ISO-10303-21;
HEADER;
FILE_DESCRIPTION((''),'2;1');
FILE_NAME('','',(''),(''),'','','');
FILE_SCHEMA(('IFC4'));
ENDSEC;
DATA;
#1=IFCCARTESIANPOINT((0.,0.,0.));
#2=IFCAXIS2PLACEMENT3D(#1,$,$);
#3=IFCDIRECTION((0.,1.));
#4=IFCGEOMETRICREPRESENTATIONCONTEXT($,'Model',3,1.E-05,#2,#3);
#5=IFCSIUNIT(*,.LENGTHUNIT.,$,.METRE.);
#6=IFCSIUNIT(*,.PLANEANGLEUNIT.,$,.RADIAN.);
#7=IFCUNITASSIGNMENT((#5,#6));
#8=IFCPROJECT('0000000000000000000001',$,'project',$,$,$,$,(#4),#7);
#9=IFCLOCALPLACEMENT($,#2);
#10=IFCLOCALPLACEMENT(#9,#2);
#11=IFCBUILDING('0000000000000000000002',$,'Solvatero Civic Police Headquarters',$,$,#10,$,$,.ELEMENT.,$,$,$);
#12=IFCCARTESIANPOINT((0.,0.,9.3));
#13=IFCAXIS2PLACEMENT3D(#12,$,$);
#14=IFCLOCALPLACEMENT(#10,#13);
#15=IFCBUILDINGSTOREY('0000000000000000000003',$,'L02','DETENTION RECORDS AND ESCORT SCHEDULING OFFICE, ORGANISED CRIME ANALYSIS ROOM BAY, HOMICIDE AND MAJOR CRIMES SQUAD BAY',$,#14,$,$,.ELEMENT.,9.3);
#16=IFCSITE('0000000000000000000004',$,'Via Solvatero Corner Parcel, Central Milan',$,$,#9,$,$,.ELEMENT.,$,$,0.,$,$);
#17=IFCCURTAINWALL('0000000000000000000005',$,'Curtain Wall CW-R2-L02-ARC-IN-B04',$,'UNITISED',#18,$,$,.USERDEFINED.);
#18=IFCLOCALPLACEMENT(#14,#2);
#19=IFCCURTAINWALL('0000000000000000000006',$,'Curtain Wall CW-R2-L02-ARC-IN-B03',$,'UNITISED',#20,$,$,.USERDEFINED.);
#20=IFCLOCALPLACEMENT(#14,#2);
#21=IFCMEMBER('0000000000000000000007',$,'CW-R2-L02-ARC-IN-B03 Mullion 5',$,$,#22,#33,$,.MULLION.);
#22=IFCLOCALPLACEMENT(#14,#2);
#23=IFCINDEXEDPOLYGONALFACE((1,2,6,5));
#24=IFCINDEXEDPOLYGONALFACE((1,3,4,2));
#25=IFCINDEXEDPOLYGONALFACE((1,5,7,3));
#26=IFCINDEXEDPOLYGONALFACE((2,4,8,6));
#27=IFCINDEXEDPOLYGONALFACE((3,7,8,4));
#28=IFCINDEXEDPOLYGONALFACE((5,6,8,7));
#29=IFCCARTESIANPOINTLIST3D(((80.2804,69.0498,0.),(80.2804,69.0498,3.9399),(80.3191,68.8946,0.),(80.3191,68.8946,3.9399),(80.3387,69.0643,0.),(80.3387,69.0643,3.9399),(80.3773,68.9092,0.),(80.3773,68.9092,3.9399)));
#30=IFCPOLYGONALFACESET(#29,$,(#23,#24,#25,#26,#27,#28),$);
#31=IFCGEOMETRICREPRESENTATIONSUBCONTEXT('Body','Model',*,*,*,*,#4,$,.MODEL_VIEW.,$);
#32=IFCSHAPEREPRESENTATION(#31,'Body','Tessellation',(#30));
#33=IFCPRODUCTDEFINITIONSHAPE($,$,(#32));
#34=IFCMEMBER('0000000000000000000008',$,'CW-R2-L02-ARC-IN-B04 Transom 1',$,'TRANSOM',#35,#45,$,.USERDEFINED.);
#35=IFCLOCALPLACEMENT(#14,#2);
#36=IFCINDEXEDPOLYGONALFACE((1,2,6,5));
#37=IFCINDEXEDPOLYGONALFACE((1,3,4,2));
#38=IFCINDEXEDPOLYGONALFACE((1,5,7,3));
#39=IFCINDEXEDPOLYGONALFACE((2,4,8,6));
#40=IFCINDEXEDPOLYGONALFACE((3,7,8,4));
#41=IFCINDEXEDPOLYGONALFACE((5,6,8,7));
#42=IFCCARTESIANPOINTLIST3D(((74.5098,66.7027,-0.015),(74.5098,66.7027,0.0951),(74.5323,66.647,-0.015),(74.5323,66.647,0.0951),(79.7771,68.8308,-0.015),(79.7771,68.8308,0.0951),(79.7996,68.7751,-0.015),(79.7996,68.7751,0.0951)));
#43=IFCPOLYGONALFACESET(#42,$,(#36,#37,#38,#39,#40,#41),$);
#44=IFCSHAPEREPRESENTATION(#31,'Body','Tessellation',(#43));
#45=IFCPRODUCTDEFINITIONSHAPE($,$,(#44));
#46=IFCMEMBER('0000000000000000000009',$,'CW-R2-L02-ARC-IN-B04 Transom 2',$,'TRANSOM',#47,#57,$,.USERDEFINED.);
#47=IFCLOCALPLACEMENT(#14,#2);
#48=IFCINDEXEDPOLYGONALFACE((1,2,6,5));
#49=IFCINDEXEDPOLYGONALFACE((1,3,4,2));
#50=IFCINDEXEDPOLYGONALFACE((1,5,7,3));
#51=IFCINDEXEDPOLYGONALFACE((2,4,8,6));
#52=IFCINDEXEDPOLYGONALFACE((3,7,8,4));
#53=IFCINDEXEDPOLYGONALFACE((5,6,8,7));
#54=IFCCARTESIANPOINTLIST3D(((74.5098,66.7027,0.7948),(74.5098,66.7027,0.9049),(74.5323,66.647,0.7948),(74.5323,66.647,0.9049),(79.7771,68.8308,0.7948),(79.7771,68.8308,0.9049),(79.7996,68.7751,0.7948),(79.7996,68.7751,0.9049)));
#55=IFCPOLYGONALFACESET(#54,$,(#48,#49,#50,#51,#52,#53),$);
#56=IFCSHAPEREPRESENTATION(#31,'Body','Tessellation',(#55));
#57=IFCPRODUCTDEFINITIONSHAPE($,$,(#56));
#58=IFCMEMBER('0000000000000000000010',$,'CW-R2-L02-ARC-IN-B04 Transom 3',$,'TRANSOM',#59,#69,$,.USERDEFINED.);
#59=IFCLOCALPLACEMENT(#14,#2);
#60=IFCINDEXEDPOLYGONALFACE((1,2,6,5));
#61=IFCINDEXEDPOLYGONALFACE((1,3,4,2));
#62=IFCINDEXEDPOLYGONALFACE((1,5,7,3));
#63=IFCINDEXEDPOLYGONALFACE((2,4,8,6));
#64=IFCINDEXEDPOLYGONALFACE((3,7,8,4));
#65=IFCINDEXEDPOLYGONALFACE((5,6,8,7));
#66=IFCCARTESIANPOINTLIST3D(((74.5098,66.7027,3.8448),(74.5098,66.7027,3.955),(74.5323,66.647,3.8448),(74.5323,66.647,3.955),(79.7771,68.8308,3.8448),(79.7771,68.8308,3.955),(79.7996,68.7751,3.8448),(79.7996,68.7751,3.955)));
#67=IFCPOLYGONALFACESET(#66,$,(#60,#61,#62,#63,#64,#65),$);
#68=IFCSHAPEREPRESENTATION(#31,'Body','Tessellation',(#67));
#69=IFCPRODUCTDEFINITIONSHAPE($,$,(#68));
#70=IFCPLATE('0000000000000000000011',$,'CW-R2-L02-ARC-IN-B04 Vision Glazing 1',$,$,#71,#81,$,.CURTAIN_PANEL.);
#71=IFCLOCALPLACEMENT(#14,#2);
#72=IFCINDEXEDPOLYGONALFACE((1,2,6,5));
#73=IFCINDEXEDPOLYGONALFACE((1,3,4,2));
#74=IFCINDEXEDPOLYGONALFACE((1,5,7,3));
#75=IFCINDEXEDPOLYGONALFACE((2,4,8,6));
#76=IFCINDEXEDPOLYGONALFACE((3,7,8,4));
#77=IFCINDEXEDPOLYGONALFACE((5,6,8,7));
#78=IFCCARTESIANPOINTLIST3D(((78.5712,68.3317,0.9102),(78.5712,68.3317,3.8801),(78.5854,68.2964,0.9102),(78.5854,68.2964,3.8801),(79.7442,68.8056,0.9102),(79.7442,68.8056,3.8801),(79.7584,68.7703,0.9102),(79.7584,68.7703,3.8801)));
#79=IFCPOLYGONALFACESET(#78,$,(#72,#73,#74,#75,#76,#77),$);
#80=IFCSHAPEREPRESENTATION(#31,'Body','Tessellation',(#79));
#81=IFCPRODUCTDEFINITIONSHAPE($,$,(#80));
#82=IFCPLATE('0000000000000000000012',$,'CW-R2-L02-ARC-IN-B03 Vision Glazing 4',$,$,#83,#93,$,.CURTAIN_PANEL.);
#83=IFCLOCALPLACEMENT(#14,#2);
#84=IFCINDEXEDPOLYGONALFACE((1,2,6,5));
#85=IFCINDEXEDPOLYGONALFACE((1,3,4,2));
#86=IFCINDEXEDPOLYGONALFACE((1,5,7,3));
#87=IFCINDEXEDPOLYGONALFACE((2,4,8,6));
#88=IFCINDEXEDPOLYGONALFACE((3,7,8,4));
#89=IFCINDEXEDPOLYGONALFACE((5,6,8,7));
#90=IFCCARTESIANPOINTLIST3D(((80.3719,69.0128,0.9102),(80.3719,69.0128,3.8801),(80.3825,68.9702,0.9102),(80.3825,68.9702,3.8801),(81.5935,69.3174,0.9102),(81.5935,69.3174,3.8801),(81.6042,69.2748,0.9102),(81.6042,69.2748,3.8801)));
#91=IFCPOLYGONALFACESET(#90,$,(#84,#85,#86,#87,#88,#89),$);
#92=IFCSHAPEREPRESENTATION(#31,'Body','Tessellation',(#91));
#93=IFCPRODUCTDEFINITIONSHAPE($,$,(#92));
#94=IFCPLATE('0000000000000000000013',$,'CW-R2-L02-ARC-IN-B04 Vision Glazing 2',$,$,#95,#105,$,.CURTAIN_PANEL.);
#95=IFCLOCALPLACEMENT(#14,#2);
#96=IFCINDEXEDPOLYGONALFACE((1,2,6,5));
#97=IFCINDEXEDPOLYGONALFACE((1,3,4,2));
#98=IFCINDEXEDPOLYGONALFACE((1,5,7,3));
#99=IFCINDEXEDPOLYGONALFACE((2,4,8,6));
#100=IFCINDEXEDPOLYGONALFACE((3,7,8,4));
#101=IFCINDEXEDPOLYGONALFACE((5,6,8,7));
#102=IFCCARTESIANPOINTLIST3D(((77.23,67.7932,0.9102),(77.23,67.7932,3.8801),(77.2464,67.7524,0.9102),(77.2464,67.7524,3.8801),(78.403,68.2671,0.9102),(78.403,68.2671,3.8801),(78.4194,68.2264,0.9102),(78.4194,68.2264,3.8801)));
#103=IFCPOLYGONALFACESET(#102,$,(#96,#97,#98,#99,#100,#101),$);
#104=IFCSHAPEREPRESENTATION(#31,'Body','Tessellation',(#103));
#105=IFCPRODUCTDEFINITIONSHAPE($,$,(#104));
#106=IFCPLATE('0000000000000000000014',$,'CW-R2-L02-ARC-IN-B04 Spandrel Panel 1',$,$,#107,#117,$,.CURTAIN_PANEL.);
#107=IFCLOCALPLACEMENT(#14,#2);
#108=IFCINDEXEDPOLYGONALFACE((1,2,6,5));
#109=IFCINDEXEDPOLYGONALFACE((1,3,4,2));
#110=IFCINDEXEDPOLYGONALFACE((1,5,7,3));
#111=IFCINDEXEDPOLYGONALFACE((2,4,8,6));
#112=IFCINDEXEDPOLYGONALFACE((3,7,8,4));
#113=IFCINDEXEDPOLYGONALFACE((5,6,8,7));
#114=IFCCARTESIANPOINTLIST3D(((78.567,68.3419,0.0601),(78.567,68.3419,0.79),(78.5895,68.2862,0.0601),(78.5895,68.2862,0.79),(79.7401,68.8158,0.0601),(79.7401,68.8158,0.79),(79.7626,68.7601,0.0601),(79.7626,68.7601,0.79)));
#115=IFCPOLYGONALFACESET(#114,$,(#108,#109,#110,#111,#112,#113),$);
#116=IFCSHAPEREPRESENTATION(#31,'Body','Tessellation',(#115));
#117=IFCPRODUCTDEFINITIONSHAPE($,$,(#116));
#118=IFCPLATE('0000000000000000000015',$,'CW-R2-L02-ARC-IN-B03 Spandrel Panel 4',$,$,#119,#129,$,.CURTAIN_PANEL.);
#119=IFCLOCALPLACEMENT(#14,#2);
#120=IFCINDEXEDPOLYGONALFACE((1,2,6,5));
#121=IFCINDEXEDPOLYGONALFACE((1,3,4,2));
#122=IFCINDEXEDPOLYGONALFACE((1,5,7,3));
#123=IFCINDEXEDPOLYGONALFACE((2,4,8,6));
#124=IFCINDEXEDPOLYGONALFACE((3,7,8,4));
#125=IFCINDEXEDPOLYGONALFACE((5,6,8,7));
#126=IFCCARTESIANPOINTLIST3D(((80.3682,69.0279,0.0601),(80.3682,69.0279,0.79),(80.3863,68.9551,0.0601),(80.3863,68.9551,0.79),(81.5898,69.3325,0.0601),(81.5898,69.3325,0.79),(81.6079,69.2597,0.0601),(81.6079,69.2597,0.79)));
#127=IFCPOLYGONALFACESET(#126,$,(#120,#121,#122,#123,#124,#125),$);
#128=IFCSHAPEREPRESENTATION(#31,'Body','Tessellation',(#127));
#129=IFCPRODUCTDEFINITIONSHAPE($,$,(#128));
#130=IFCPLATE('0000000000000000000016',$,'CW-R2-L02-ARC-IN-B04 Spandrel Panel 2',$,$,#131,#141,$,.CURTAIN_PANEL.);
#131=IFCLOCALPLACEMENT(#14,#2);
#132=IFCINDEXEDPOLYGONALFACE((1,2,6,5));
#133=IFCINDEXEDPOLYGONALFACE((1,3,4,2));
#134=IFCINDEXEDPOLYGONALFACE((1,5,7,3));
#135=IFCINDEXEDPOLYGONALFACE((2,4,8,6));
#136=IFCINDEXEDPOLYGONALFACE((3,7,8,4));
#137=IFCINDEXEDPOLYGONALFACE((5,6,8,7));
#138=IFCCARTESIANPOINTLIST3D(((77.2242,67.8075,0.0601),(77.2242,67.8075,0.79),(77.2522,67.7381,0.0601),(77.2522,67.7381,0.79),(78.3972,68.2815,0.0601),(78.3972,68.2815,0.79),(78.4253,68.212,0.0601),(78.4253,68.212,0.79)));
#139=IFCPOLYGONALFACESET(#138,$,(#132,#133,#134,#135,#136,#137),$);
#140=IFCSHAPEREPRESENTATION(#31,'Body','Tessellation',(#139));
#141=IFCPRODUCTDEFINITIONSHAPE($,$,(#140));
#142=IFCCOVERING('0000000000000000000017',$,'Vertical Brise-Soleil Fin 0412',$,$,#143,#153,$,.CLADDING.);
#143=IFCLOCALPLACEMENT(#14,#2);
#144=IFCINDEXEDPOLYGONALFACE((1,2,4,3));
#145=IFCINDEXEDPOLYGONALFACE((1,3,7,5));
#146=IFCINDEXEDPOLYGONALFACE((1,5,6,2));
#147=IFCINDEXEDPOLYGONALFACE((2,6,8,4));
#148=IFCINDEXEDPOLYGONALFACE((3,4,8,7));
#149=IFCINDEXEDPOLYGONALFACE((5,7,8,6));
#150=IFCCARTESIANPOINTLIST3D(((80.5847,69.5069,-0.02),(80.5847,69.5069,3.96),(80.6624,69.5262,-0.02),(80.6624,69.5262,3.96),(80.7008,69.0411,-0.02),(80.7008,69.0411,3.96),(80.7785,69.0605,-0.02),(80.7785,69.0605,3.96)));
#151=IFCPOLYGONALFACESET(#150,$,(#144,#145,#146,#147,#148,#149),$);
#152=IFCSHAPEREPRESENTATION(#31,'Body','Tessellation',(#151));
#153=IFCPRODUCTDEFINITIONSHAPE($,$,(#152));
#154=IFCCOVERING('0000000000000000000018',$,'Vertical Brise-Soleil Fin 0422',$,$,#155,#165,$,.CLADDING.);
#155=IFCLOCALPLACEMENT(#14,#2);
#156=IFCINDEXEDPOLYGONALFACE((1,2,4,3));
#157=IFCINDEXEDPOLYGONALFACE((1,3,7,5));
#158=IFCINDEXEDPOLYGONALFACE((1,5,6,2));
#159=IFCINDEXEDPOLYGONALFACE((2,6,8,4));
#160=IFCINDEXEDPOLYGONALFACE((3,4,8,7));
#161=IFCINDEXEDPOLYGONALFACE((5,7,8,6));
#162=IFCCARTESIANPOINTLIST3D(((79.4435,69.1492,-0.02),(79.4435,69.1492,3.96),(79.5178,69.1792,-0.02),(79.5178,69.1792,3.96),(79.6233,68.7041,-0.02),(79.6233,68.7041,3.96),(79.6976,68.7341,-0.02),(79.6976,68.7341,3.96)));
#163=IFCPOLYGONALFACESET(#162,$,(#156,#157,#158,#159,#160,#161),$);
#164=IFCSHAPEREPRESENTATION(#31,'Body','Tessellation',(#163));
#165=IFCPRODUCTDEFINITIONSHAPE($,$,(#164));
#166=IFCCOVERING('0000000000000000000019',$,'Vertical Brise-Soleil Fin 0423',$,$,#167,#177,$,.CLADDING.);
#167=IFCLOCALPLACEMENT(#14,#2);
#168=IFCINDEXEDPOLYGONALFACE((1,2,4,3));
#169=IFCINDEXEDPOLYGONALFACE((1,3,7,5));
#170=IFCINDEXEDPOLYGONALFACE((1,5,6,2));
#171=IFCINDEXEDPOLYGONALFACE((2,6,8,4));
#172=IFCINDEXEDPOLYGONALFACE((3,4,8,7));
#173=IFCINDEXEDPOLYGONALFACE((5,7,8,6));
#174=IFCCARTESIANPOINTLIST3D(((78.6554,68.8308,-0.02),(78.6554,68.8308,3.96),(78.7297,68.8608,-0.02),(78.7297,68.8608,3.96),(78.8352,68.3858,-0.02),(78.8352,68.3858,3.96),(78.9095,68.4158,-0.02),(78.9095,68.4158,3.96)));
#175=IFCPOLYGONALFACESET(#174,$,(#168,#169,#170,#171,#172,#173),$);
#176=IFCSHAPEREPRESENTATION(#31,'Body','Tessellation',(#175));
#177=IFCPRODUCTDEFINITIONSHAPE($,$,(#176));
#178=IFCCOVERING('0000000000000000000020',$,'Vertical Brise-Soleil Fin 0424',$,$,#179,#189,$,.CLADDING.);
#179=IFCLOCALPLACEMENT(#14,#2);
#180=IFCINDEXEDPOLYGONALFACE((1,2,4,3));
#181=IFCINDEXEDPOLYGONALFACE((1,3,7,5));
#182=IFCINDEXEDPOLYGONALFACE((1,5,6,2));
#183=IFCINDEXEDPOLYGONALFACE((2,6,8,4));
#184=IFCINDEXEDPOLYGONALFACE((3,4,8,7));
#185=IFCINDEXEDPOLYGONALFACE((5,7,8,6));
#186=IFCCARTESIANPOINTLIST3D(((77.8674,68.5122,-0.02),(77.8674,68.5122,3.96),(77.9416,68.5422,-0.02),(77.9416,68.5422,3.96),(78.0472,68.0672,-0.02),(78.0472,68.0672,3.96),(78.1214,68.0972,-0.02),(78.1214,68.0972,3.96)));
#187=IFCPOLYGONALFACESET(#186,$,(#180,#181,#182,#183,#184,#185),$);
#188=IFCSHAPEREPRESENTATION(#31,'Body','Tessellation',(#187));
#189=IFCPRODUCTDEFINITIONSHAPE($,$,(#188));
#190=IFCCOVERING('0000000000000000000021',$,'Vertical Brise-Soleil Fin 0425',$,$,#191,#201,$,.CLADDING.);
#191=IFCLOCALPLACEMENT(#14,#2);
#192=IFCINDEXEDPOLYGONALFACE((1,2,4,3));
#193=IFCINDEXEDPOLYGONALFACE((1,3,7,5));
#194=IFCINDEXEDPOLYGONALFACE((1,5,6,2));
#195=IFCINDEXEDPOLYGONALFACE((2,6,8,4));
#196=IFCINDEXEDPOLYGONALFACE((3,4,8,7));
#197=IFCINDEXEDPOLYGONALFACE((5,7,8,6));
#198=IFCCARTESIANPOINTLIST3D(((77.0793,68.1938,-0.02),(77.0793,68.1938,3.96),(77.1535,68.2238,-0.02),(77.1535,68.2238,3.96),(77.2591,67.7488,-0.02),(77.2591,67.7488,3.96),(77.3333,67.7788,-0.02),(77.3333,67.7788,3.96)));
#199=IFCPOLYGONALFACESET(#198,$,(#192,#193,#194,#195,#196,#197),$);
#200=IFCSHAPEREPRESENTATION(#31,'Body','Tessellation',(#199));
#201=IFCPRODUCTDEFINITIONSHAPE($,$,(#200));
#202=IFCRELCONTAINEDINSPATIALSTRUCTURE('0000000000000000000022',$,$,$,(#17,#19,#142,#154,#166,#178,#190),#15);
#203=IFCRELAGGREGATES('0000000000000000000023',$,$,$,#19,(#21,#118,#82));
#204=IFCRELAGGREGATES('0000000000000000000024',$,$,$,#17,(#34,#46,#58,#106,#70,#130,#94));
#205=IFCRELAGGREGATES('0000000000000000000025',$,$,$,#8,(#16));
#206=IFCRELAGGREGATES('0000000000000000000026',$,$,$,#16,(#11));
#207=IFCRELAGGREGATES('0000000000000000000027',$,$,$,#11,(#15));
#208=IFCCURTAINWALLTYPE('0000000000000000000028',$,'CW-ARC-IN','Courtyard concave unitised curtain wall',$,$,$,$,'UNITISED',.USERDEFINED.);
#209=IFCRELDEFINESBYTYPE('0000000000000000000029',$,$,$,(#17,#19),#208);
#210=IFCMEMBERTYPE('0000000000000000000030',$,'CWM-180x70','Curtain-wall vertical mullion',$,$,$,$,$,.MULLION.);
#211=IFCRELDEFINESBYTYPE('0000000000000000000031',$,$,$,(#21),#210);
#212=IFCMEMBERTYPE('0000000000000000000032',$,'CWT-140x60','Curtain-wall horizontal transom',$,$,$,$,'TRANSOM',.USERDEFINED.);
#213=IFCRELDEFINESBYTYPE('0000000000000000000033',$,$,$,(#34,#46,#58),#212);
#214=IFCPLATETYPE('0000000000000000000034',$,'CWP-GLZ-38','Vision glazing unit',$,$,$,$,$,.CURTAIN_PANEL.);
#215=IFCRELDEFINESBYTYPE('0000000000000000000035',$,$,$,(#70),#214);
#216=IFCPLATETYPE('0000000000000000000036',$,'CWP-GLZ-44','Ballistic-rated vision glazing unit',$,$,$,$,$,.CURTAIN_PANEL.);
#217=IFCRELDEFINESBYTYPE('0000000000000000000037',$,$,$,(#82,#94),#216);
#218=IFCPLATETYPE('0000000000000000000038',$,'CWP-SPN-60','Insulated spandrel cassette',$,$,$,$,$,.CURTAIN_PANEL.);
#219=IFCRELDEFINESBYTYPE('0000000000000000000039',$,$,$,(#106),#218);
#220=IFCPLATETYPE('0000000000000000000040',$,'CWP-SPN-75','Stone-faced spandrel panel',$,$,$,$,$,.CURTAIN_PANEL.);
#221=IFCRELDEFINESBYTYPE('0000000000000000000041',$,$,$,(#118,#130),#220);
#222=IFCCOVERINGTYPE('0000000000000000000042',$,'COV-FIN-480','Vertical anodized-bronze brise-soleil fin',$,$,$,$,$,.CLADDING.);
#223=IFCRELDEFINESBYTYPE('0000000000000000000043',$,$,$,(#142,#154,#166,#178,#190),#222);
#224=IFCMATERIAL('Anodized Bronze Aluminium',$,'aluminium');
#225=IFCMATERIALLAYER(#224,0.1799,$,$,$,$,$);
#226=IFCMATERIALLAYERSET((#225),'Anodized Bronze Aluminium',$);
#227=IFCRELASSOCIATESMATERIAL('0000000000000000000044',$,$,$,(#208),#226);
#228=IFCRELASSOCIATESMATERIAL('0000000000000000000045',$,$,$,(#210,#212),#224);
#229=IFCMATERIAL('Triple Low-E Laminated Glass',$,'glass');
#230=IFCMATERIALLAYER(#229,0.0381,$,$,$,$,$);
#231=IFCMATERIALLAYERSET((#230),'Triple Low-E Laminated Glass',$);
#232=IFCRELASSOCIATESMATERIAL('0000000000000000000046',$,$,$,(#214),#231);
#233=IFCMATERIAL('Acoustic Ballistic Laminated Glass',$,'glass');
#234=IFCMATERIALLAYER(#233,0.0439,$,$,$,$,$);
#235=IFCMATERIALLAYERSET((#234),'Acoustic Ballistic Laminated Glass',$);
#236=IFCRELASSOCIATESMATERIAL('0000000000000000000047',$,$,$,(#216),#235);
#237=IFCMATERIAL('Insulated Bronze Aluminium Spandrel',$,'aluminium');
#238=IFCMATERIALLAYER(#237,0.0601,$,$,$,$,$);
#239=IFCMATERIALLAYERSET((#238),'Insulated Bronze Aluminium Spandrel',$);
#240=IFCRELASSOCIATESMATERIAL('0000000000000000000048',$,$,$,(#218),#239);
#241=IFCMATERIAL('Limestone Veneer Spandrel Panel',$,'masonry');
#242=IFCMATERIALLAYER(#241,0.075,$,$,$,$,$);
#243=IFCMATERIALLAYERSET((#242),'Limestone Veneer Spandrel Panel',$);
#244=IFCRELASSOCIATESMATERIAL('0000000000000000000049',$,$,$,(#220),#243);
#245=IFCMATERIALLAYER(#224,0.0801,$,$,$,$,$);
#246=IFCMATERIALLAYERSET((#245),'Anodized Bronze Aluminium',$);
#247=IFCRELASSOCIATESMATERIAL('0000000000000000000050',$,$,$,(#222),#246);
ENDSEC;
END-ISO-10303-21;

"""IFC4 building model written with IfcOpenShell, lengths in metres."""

from ifc_helpers import new_model, si_unit, direction, frame, origin, origin_2d, place, context, subcontext, project, spatial, rectangle, extrude, material, layer, layer_set, material_profile, profile_set, type_object, element, aggregate, save


model = new_model("IFC4")

# Units and contexts
model_context = context("Model", 3, precision=1e-05, world=origin(), true_north=direction((0.0, 1.0)))
body_context = subcontext(model_context, "Body", "Model", "MODEL_VIEW")
ifc_project = project(units=[si_unit("LENGTHUNIT", "METRE"), si_unit("PLANEANGLEUNIT", "RADIAN")], contexts=[model_context])

# Site, building, storey
site_placement = place(None, origin())
site = spatial("IfcSite", under=ifc_project, at=site_placement, Name="Via Solvatero Corner Parcel, Central Milan", CompositionType="ELEMENT", RefElevation=0.0)
building_placement = place(site_placement, origin())
building = spatial("IfcBuilding", under=site, at=building_placement, Name="Solvatero Civic Police Headquarters", CompositionType="ELEMENT")
storey_placement = place(building_placement, frame((0.0, 0.0, 9.3)))
storey = spatial("IfcBuildingStorey", under=building, at=storey_placement, Name="L02", Description="DETENTION RECORDS AND ESCORT SCHEDULING OFFICE, ORGANISED CRIME ANALYSIS ROOM BAY, HOMICIDE AND MAJOR CRIMES SQUAD BAY", CompositionType="ELEMENT", Elevation=9.3)

# Curtain walls, member
ifc_material_1 = material(Name="Anodized Bronze Aluminium", Category="aluminium")
ifc_layer_1 = layer(ifc_material_1, 0.1799)
ifc_layer_set_1 = layer_set([ifc_layer_1], Name="Anodized Bronze Aluminium")
curtain_wall_type = type_object("IfcCurtainWallType", Name="CW-ARC-IN", Description="Courtyard concave unitised curtain wall", ElementType="UNITISED", PredefinedType="USERDEFINED", material=ifc_layer_set_1)
curtain_wall_1_placement = place(storey_placement, origin())
curtain_wall_1 = element("IfcCurtainWall", 1, at=curtain_wall_1_placement, inside=storey, type_object=curtain_wall_type, Name="Curtain Wall CW-R2-L02-ARC-IN-B04", ObjectType="UNITISED", PredefinedType="USERDEFINED")
curtain_wall_2_placement = place(storey_placement, origin())
curtain_wall_2 = element("IfcCurtainWall", 2, at=curtain_wall_2_placement, inside=storey, type_object=curtain_wall_type, Name="Curtain Wall CW-R2-L02-ARC-IN-B03", ObjectType="UNITISED", PredefinedType="USERDEFINED")
ifc_material_profile_1 = material_profile(ifc_material_1, rectangle(XDim=0.0601, YDim=0.1599, at=origin_2d()), Name="ALU MULLION 60x160")
ifc_profile_set_1 = profile_set([ifc_material_profile_1], Name="Anodized Bronze Aluminium")
member_type_1 = type_object("IfcMemberType", Name="CWM-180x70", Description="Curtain-wall vertical mullion", PredefinedType="MULLION", material=ifc_profile_set_1)
member_1_placement = place(storey_placement, frame((80.3289, 68.9795, 0.0), z_axis=(0.0, 0.0, 1.0), x_axis=(-0.970296, -0.241922, 0.0)))
member_1 = element("IfcMember", 3, at=member_1_placement, type_object=member_type_1, Name="CW-R2-L02-ARC-IN-B03 Mullion 5", PredefinedType="MULLION", context=body_context, shape_type="SweptSolid", body=[
    extrude(rectangle(XDim=0.0601, YDim=0.1599, at=origin_2d()), origin(), (0.0, 0.0, 1.0), 3.9399),
])

# Members
ifc_material_profile_2 = material_profile(ifc_material_1, rectangle(XDim=0.0601, YDim=0.1101, at=origin_2d()), Name="ALU TRANSOM 60x110")
ifc_profile_set_2 = profile_set([ifc_material_profile_2], Name="Anodized Bronze Aluminium")
member_type_2 = type_object("IfcMemberType", Name="CWT-140x60", Description="Curtain-wall horizontal transom", ElementType="TRANSOM", PredefinedType="USERDEFINED", material=ifc_profile_set_2)
member_2_placement = place(storey_placement, frame((79.7883, 68.803, 0.04), z_axis=(-0.927182, -0.374612, 0.0), x_axis=(0.374612, -0.927182, 0.0)))
member_2 = element("IfcMember", 4, at=member_2_placement, type_object=member_type_2, Name="CW-R2-L02-ARC-IN-B04 Transom 1", ObjectType="TRANSOM", PredefinedType="USERDEFINED", context=body_context, shape_type="SweptSolid", body=[
    extrude(rectangle(XDim=0.0601, YDim=0.1101, at=origin_2d()), origin(), (0.0, 0.0, 1.0), 5.6809),
])
member_3_placement = place(storey_placement, frame((79.7883, 68.803, 0.8499), z_axis=(-0.927182, -0.374612, 0.0), x_axis=(0.374612, -0.927182, 0.0)))
member_3 = element("IfcMember", 5, at=member_3_placement, type_object=member_type_2, Name="CW-R2-L02-ARC-IN-B04 Transom 2", ObjectType="TRANSOM", PredefinedType="USERDEFINED", context=body_context, shape_type="SweptSolid", body=[
    extrude(rectangle(XDim=0.0601, YDim=0.1101, at=origin_2d()), origin(), (0.0, 0.0, 1.0), 5.6809),
])
member_4_placement = place(storey_placement, frame((79.7883, 68.803, 3.8999), z_axis=(-0.927182, -0.374612, 0.0), x_axis=(0.374612, -0.927182, 0.0)))
member_4 = element("IfcMember", 6, at=member_4_placement, type_object=member_type_2, Name="CW-R2-L02-ARC-IN-B04 Transom 3", ObjectType="TRANSOM", PredefinedType="USERDEFINED", context=body_context, shape_type="SweptSolid", body=[
    extrude(rectangle(XDim=0.0601, YDim=0.1101, at=origin_2d()), origin(), (0.0, 0.0, 1.0), 5.6809),
])

# Plates
ifc_material_2 = material(Name="Triple Low-E Laminated Glass", Category="glass")
ifc_layer_2 = layer(ifc_material_2, 0.0381)
ifc_layer_set_2 = layer_set([ifc_layer_2], Name="Triple Low-E Laminated Glass")
plate_type_1 = type_object("IfcPlateType", Name="CWP-GLZ-38", Description="Vision glazing unit", PredefinedType="CURTAIN_PANEL", material=ifc_layer_set_2)
plate_1_placement = place(storey_placement, frame((79.1648, 68.551, 0.9102), z_axis=(0.0, 0.0, 1.0), x_axis=(-0.927184, -0.374607, 0.0)))
plate_1 = element("IfcPlate", 7, at=plate_1_placement, type_object=plate_type_1, Name="CW-R2-L02-ARC-IN-B04 Vision Glazing 1", PredefinedType="CURTAIN_PANEL", context=body_context, shape_type="SweptSolid", body=[
    extrude(rectangle(XDim=1.2651, YDim=0.0381, at=origin_2d()), origin(), (0.0, 0.0, 1.0), 2.97),
])
ifc_material_3 = material(Name="Acoustic Ballistic Laminated Glass", Category="glass")
ifc_layer_3 = layer(ifc_material_3, 0.0439)
ifc_layer_set_3 = layer_set([ifc_layer_3], Name="Acoustic Ballistic Laminated Glass")
plate_type_2 = type_object("IfcPlateType", Name="CWP-GLZ-44", Description="Ballistic-rated vision glazing unit", PredefinedType="CURTAIN_PANEL", material=ifc_layer_set_3)
plate_2_placement = place(storey_placement, frame((80.988, 69.1438, 0.9102), z_axis=(0.0, 0.0, 1.0), x_axis=(-0.970296, -0.241922, 0.0)))
plate_2 = element("IfcPlate", 8, at=plate_2_placement, type_object=plate_type_2, Name="CW-R2-L02-ARC-IN-B03 Vision Glazing 4", PredefinedType="CURTAIN_PANEL", context=body_context, shape_type="SweptSolid", body=[
    extrude(rectangle(XDim=1.259, YDim=0.0439, at=origin_2d()), origin(), (0.0, 0.0, 1.0), 2.97),
])
plate_3_placement = place(storey_placement, frame((77.8247, 68.0098, 0.9102), z_axis=(0.0, 0.0, 1.0), x_axis=(-0.927184, -0.374607, 0.0)))
plate_3 = element("IfcPlate", 9, at=plate_3_placement, type_object=plate_type_2, Name="CW-R2-L02-ARC-IN-B04 Vision Glazing 2", PredefinedType="CURTAIN_PANEL", context=body_context, shape_type="SweptSolid", body=[
    extrude(rectangle(XDim=1.2651, YDim=0.0439, at=origin_2d()), origin(), (0.0, 0.0, 1.0), 2.97),
])
ifc_material_4 = material(Name="Insulated Bronze Aluminium Spandrel", Category="aluminium")
ifc_layer_4 = layer(ifc_material_4, 0.0601)
ifc_layer_set_4 = layer_set([ifc_layer_4], Name="Insulated Bronze Aluminium Spandrel")
plate_type_3 = type_object("IfcPlateType", Name="CWP-SPN-60", Description="Insulated spandrel cassette", PredefinedType="CURTAIN_PANEL", material=ifc_layer_set_4)
plate_4_placement = place(storey_placement, frame((79.1648, 68.551, 0.0601), z_axis=(0.0, 0.0, 1.0), x_axis=(-0.927184, -0.374607, 0.0)))
plate_4 = element("IfcPlate", 10, at=plate_4_placement, type_object=plate_type_3, Name="CW-R2-L02-ARC-IN-B04 Spandrel Panel 1", PredefinedType="CURTAIN_PANEL", context=body_context, shape_type="SweptSolid", body=[
    extrude(rectangle(XDim=1.2651, YDim=0.0601, at=origin_2d()), origin(), (0.0, 0.0, 1.0), 0.73),
])
ifc_material_5 = material(Name="Limestone Veneer Spandrel Panel", Category="masonry")
ifc_layer_5 = layer(ifc_material_5, 0.075)
ifc_layer_set_5 = layer_set([ifc_layer_5], Name="Limestone Veneer Spandrel Panel")
plate_type_4 = type_object("IfcPlateType", Name="CWP-SPN-75", Description="Stone-faced spandrel panel", PredefinedType="CURTAIN_PANEL", material=ifc_layer_set_5)
plate_5_placement = place(storey_placement, frame((80.988, 69.1438, 0.0601), z_axis=(0.0, 0.0, 1.0), x_axis=(-0.970296, -0.241922, 0.0)))
plate_5 = element("IfcPlate", 11, at=plate_5_placement, type_object=plate_type_4, Name="CW-R2-L02-ARC-IN-B03 Spandrel Panel 4", PredefinedType="CURTAIN_PANEL", context=body_context, shape_type="SweptSolid", body=[
    extrude(rectangle(XDim=1.259, YDim=0.075, at=origin_2d()), origin(), (0.0, 0.0, 1.0), 0.73),
])
aggregate(curtain_wall_2, [member_1, plate_5, plate_2])
plate_6_placement = place(storey_placement, frame((77.8247, 68.0098, 0.0601), z_axis=(0.0, 0.0, 1.0), x_axis=(-0.927184, -0.374607, 0.0)))
plate_6 = element("IfcPlate", 12, at=plate_6_placement, type_object=plate_type_4, Name="CW-R2-L02-ARC-IN-B04 Spandrel Panel 2", PredefinedType="CURTAIN_PANEL", context=body_context, shape_type="SweptSolid", body=[
    extrude(rectangle(XDim=1.2651, YDim=0.075, at=origin_2d()), origin(), (0.0, 0.0, 1.0), 0.73),
])
aggregate(curtain_wall_1, [member_2, member_3, member_4, plate_4, plate_1, plate_6, plate_3])

# Coverings
ifc_layer_6 = layer(ifc_material_1, 0.0801)
ifc_layer_set_6 = layer_set([ifc_layer_6], Name="Anodized Bronze Aluminium")
covering_type = type_object("IfcCoveringType", Name="COV-FIN-480", Description="Vertical anodized-bronze brise-soleil fin", PredefinedType="CLADDING", material=ifc_layer_set_6)
for number, where, z_axis, x_axis, name in (
    (13, (80.6816, 69.2837, -0.02), (0.0, 0.0, 1.0), (-0.970296, -0.241922, 0.0), "Vertical Brise-Soleil Fin 0412"),
    (14, (79.5706, 68.9417, -0.02), (0.0, 0.0, 1.0), (-0.927184, -0.374607, 0.0), "Vertical Brise-Soleil Fin 0422"),
    (15, (78.7825, 68.6233, -0.02), (0.0, 0.0, 1.0), (-0.927184, -0.374607, 0.0), "Vertical Brise-Soleil Fin 0423"),
    (16, (77.9944, 68.3047, -0.02), (0.0, 0.0, 1.0), (-0.927184, -0.374607, 0.0), "Vertical Brise-Soleil Fin 0424"),
    (17, (77.2063, 67.9863, -0.02), (0.0, 0.0, 1.0), (-0.927184, -0.374607, 0.0), "Vertical Brise-Soleil Fin 0425"),
):
    element("IfcCovering", number, at=place(storey_placement, frame(where, z_axis=z_axis, x_axis=x_axis)), inside=storey, type_object=covering_type, Name=name, PredefinedType="CLADDING", context=body_context, shape_type="SweptSolid", body=[
        extrude(rectangle(XDim=0.0801, YDim=0.48, at=origin_2d()), origin(), (0.0, 0.0, 1.0), 3.98),
    ])

save(model, "model.ifc")
